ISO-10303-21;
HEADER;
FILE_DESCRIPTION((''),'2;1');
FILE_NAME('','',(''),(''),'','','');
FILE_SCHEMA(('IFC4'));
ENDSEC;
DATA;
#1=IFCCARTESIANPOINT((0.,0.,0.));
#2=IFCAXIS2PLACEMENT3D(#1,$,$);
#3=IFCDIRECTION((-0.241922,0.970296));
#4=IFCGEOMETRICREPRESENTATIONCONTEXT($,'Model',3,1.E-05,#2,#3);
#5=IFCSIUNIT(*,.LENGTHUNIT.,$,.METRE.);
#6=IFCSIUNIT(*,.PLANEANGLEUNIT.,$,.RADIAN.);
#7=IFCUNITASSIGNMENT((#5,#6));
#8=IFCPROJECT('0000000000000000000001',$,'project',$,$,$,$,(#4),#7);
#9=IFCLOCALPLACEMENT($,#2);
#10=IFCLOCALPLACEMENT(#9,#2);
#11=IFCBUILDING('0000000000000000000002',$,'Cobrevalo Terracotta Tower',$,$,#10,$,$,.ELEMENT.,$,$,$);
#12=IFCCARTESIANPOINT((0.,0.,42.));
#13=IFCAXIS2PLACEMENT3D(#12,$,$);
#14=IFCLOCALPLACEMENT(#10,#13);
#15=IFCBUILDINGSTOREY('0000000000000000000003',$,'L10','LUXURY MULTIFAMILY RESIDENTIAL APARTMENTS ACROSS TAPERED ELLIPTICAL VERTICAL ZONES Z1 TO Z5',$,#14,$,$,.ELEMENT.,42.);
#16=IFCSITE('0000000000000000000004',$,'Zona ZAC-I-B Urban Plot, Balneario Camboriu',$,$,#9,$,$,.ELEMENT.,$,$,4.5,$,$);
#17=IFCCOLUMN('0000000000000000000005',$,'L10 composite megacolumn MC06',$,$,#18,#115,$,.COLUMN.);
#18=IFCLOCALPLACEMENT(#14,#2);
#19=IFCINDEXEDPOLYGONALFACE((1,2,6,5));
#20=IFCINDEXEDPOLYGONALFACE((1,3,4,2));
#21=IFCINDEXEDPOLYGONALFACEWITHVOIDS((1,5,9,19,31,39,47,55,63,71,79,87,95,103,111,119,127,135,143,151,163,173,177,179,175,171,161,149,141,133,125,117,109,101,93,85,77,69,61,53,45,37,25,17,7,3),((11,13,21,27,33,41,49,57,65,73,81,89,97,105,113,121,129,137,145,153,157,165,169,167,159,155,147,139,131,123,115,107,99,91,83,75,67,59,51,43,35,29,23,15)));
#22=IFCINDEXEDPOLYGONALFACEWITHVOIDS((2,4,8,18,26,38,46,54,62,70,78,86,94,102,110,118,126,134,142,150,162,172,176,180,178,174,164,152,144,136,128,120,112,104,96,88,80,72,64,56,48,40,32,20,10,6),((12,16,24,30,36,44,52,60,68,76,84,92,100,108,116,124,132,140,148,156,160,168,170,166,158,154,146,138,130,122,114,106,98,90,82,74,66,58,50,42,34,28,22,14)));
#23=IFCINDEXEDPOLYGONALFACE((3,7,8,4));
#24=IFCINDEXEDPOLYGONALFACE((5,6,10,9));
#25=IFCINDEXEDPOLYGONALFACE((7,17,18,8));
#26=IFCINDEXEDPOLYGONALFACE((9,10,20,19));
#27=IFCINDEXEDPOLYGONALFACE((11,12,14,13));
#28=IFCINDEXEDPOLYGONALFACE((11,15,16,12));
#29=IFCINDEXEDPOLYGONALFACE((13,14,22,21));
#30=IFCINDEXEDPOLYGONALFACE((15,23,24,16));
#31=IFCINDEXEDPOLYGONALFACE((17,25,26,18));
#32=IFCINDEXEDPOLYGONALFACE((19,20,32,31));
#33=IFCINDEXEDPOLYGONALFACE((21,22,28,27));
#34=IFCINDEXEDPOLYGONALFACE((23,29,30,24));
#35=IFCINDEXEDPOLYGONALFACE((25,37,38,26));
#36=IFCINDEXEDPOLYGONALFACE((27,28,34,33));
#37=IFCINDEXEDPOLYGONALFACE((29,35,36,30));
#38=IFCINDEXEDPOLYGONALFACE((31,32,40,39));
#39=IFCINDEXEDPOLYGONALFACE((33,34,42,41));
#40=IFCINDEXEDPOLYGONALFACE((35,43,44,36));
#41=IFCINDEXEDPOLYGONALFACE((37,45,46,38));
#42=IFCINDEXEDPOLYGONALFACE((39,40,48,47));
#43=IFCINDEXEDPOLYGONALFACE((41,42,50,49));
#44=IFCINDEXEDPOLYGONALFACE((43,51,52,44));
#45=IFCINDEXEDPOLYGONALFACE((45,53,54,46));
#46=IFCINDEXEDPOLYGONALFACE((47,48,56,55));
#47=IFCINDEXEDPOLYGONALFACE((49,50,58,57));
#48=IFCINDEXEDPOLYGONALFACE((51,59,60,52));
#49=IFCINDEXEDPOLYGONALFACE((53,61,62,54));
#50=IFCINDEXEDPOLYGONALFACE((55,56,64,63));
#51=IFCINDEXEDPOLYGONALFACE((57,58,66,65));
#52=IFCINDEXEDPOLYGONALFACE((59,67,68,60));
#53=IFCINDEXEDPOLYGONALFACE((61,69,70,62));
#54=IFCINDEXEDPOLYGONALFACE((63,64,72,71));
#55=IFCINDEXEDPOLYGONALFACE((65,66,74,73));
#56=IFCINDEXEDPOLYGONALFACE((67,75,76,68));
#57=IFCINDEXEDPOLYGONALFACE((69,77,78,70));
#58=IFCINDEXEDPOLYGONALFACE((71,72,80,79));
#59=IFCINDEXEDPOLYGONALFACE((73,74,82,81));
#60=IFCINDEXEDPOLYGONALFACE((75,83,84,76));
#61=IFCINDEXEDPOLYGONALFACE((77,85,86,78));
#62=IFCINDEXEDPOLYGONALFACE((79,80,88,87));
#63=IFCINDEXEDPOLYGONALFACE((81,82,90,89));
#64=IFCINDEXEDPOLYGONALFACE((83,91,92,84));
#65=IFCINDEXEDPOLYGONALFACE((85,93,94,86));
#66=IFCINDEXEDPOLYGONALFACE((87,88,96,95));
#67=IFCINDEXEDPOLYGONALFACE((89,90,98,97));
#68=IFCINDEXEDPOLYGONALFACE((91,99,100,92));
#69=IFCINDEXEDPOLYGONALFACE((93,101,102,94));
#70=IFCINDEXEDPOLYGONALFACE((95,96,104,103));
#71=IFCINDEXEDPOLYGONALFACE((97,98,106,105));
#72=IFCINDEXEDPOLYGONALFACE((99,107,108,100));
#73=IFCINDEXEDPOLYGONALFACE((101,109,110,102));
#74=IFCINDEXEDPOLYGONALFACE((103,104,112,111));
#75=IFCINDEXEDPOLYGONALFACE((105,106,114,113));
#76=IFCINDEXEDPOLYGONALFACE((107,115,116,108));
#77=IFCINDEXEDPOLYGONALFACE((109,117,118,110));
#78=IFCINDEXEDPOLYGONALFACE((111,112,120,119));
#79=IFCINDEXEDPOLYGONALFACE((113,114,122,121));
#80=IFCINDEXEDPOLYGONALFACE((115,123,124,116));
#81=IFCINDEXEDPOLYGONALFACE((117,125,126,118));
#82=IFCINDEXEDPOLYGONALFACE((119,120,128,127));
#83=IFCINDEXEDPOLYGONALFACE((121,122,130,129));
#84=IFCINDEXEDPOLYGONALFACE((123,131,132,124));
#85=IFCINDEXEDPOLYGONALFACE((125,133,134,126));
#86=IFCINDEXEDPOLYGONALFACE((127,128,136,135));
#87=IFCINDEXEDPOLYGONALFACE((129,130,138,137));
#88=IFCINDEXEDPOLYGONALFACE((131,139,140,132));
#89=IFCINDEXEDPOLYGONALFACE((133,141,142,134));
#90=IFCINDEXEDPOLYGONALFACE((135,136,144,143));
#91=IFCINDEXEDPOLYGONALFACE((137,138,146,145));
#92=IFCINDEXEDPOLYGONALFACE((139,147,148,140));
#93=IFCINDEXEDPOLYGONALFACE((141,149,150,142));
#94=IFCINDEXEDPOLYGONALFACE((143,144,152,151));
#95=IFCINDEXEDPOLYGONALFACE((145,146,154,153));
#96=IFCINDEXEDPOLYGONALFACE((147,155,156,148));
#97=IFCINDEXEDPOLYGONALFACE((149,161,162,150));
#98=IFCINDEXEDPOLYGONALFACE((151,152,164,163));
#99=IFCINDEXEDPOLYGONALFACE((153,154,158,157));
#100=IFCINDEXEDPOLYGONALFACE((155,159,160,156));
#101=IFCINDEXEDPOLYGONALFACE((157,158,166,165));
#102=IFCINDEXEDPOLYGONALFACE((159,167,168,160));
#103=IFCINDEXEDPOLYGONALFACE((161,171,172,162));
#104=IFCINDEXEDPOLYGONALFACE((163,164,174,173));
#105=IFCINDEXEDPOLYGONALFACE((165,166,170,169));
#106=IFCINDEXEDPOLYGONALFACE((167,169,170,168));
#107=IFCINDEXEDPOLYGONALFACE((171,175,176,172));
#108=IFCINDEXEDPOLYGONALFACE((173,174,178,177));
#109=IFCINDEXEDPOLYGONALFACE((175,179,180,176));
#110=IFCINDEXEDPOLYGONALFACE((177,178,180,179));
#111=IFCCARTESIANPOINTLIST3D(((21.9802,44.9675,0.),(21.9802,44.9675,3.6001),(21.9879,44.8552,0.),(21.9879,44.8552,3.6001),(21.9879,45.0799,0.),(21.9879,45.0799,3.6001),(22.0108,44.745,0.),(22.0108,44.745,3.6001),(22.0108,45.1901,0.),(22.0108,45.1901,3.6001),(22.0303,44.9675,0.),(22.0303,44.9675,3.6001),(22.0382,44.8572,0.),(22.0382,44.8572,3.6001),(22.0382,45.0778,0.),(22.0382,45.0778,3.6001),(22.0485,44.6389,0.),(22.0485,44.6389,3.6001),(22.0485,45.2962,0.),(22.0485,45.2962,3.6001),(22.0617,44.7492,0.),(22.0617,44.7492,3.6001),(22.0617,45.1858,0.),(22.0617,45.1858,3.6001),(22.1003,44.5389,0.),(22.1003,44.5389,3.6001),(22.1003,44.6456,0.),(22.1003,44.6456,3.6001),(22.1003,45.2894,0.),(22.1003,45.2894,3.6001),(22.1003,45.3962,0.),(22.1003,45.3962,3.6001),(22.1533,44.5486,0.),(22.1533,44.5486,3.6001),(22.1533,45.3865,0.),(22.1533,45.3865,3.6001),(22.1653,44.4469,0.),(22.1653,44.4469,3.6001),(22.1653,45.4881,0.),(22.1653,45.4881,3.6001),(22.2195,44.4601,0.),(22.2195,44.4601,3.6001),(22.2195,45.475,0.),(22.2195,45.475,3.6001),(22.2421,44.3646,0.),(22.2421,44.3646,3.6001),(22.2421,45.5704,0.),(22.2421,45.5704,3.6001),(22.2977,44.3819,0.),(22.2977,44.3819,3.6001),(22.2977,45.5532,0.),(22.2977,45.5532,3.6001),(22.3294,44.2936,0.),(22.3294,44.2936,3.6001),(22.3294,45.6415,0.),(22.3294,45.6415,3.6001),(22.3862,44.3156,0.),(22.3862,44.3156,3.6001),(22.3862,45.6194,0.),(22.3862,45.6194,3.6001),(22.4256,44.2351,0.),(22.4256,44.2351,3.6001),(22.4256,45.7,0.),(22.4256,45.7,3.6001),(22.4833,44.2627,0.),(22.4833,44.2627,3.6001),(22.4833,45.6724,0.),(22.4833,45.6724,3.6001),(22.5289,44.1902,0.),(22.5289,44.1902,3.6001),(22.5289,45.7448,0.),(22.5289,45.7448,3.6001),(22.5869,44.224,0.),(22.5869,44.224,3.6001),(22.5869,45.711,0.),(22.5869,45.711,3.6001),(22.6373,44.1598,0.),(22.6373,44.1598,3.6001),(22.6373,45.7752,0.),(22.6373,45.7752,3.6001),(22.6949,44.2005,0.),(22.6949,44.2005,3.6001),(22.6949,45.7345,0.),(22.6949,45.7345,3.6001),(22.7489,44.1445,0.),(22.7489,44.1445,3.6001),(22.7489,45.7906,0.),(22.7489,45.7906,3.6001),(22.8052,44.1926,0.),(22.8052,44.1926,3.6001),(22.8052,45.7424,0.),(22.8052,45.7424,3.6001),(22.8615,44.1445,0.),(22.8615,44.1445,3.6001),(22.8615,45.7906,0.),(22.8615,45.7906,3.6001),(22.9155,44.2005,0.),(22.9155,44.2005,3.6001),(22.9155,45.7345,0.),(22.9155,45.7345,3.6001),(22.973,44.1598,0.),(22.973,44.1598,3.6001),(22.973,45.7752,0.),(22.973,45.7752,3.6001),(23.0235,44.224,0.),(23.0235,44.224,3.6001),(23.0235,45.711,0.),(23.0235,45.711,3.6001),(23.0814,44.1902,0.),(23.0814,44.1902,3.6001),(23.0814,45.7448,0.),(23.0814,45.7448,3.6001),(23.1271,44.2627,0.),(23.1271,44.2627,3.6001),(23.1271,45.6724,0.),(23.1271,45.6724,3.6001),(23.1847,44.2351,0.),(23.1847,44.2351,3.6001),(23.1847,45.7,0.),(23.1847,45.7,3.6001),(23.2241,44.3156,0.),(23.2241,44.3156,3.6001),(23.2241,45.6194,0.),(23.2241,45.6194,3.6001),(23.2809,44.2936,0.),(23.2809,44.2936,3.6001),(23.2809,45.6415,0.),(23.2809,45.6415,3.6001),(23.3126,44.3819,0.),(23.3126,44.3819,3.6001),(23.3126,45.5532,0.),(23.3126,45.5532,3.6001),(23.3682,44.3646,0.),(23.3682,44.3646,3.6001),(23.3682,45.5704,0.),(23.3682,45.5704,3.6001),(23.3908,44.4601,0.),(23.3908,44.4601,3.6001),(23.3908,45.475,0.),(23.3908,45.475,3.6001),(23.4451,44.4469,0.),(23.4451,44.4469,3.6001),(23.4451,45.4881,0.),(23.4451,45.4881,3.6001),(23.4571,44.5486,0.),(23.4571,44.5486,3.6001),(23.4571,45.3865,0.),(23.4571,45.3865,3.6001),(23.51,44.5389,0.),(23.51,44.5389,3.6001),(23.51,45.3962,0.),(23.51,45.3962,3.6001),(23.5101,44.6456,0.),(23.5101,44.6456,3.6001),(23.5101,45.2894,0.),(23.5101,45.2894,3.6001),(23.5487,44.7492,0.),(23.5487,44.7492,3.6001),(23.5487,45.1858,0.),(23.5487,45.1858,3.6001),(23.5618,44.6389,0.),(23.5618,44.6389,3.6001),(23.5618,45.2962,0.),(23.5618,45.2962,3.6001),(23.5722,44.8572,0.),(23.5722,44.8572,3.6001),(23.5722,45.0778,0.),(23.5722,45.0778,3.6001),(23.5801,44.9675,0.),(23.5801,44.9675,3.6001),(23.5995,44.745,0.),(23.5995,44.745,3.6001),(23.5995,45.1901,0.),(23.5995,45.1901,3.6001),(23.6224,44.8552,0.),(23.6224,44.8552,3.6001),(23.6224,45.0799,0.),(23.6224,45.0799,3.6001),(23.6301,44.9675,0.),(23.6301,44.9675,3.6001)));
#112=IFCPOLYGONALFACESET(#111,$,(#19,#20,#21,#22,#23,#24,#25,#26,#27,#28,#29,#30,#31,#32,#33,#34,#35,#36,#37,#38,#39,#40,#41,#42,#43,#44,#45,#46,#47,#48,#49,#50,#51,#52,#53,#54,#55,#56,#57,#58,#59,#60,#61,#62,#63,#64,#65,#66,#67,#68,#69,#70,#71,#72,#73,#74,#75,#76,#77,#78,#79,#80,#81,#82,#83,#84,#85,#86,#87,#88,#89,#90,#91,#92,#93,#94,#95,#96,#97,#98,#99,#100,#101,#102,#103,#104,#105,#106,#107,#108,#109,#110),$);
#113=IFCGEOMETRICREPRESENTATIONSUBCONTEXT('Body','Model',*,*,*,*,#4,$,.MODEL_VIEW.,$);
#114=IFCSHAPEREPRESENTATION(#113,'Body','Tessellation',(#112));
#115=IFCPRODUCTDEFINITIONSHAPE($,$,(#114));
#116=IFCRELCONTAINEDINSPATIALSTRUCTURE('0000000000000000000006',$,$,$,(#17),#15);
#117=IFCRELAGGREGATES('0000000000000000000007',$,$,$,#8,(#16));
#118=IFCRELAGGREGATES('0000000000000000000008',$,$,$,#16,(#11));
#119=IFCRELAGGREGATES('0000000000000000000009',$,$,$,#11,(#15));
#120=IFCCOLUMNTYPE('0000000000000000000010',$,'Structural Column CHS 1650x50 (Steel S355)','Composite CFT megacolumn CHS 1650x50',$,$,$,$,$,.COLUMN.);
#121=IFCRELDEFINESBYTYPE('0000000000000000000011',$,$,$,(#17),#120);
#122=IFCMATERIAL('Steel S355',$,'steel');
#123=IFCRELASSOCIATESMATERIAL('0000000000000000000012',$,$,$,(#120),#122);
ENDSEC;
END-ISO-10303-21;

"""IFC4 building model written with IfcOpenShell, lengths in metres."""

from ifc_helpers import new_model, si_unit, direction, frame, origin, origin_2d, place, context, subcontext, project, spatial, hollow_circle, extrude, material, material_profile, profile_set, type_object, element, save


model = new_model("IFC4")

# Units and contexts
model_context = context("Model", 3, precision=1e-05, world=origin(), true_north=direction((-0.241922, 0.970296)))
body_context = subcontext(model_context, "Body", "Model", "MODEL_VIEW")
ifc_project = project(units=[si_unit("LENGTHUNIT", "METRE"), si_unit("PLANEANGLEUNIT", "RADIAN")], contexts=[model_context])

# Site, building, storey
site_placement = place(None, origin())
site = spatial("IfcSite", under=ifc_project, at=site_placement, Name="Zona ZAC-I-B Urban Plot, Balneario Camboriu", CompositionType="ELEMENT", RefElevation=4.5)
building_placement = place(site_placement, origin())
building = spatial("IfcBuilding", under=site, at=building_placement, Name="Cobrevalo Terracotta Tower", CompositionType="ELEMENT")
storey_placement = place(building_placement, frame((0.0, 0.0, 42.0)))
storey = spatial("IfcBuildingStorey", under=building, at=storey_placement, Name="L10", Description="LUXURY MULTIFAMILY RESIDENTIAL APARTMENTS ACROSS TAPERED ELLIPTICAL VERTICAL ZONES Z1 TO Z5", CompositionType="ELEMENT", Elevation=42.0)

# Column
ifc_material_1 = material(Name="Steel S355", Category="steel")
ifc_material_profile_1 = material_profile(ifc_material_1, hollow_circle(Radius=0.825, WallThickness=0.05, at=origin_2d()), Name="CHS 1650x50")
ifc_profile_set_1 = profile_set([ifc_material_profile_1], Name="Steel S355")
column_type = type_object("IfcColumnType", Name="Structural Column CHS 1650x50 (Steel S355)", Description="Composite CFT megacolumn CHS 1650x50", PredefinedType="COLUMN", material=ifc_profile_set_1)
for number, where, z_axis, x_axis, name in (
    (1, (22.8052, 44.9675, 0.0), (0.0, 0.0, 1.0), (1.0, 0.0, 0.0), "L10 composite megacolumn MC06"),
):
    element("IfcColumn", number, at=place(storey_placement, frame(where, z_axis=z_axis, x_axis=x_axis)), inside=storey, type_object=column_type, Name=name, PredefinedType="COLUMN", context=body_context, shape_type="SweptSolid", body=[
        extrude(hollow_circle(Radius=0.825, WallThickness=0.05, at=origin_2d()), origin(), (0.0, 0.0, 1.0), 3.6001),
    ])

save(model, "model.ifc")
